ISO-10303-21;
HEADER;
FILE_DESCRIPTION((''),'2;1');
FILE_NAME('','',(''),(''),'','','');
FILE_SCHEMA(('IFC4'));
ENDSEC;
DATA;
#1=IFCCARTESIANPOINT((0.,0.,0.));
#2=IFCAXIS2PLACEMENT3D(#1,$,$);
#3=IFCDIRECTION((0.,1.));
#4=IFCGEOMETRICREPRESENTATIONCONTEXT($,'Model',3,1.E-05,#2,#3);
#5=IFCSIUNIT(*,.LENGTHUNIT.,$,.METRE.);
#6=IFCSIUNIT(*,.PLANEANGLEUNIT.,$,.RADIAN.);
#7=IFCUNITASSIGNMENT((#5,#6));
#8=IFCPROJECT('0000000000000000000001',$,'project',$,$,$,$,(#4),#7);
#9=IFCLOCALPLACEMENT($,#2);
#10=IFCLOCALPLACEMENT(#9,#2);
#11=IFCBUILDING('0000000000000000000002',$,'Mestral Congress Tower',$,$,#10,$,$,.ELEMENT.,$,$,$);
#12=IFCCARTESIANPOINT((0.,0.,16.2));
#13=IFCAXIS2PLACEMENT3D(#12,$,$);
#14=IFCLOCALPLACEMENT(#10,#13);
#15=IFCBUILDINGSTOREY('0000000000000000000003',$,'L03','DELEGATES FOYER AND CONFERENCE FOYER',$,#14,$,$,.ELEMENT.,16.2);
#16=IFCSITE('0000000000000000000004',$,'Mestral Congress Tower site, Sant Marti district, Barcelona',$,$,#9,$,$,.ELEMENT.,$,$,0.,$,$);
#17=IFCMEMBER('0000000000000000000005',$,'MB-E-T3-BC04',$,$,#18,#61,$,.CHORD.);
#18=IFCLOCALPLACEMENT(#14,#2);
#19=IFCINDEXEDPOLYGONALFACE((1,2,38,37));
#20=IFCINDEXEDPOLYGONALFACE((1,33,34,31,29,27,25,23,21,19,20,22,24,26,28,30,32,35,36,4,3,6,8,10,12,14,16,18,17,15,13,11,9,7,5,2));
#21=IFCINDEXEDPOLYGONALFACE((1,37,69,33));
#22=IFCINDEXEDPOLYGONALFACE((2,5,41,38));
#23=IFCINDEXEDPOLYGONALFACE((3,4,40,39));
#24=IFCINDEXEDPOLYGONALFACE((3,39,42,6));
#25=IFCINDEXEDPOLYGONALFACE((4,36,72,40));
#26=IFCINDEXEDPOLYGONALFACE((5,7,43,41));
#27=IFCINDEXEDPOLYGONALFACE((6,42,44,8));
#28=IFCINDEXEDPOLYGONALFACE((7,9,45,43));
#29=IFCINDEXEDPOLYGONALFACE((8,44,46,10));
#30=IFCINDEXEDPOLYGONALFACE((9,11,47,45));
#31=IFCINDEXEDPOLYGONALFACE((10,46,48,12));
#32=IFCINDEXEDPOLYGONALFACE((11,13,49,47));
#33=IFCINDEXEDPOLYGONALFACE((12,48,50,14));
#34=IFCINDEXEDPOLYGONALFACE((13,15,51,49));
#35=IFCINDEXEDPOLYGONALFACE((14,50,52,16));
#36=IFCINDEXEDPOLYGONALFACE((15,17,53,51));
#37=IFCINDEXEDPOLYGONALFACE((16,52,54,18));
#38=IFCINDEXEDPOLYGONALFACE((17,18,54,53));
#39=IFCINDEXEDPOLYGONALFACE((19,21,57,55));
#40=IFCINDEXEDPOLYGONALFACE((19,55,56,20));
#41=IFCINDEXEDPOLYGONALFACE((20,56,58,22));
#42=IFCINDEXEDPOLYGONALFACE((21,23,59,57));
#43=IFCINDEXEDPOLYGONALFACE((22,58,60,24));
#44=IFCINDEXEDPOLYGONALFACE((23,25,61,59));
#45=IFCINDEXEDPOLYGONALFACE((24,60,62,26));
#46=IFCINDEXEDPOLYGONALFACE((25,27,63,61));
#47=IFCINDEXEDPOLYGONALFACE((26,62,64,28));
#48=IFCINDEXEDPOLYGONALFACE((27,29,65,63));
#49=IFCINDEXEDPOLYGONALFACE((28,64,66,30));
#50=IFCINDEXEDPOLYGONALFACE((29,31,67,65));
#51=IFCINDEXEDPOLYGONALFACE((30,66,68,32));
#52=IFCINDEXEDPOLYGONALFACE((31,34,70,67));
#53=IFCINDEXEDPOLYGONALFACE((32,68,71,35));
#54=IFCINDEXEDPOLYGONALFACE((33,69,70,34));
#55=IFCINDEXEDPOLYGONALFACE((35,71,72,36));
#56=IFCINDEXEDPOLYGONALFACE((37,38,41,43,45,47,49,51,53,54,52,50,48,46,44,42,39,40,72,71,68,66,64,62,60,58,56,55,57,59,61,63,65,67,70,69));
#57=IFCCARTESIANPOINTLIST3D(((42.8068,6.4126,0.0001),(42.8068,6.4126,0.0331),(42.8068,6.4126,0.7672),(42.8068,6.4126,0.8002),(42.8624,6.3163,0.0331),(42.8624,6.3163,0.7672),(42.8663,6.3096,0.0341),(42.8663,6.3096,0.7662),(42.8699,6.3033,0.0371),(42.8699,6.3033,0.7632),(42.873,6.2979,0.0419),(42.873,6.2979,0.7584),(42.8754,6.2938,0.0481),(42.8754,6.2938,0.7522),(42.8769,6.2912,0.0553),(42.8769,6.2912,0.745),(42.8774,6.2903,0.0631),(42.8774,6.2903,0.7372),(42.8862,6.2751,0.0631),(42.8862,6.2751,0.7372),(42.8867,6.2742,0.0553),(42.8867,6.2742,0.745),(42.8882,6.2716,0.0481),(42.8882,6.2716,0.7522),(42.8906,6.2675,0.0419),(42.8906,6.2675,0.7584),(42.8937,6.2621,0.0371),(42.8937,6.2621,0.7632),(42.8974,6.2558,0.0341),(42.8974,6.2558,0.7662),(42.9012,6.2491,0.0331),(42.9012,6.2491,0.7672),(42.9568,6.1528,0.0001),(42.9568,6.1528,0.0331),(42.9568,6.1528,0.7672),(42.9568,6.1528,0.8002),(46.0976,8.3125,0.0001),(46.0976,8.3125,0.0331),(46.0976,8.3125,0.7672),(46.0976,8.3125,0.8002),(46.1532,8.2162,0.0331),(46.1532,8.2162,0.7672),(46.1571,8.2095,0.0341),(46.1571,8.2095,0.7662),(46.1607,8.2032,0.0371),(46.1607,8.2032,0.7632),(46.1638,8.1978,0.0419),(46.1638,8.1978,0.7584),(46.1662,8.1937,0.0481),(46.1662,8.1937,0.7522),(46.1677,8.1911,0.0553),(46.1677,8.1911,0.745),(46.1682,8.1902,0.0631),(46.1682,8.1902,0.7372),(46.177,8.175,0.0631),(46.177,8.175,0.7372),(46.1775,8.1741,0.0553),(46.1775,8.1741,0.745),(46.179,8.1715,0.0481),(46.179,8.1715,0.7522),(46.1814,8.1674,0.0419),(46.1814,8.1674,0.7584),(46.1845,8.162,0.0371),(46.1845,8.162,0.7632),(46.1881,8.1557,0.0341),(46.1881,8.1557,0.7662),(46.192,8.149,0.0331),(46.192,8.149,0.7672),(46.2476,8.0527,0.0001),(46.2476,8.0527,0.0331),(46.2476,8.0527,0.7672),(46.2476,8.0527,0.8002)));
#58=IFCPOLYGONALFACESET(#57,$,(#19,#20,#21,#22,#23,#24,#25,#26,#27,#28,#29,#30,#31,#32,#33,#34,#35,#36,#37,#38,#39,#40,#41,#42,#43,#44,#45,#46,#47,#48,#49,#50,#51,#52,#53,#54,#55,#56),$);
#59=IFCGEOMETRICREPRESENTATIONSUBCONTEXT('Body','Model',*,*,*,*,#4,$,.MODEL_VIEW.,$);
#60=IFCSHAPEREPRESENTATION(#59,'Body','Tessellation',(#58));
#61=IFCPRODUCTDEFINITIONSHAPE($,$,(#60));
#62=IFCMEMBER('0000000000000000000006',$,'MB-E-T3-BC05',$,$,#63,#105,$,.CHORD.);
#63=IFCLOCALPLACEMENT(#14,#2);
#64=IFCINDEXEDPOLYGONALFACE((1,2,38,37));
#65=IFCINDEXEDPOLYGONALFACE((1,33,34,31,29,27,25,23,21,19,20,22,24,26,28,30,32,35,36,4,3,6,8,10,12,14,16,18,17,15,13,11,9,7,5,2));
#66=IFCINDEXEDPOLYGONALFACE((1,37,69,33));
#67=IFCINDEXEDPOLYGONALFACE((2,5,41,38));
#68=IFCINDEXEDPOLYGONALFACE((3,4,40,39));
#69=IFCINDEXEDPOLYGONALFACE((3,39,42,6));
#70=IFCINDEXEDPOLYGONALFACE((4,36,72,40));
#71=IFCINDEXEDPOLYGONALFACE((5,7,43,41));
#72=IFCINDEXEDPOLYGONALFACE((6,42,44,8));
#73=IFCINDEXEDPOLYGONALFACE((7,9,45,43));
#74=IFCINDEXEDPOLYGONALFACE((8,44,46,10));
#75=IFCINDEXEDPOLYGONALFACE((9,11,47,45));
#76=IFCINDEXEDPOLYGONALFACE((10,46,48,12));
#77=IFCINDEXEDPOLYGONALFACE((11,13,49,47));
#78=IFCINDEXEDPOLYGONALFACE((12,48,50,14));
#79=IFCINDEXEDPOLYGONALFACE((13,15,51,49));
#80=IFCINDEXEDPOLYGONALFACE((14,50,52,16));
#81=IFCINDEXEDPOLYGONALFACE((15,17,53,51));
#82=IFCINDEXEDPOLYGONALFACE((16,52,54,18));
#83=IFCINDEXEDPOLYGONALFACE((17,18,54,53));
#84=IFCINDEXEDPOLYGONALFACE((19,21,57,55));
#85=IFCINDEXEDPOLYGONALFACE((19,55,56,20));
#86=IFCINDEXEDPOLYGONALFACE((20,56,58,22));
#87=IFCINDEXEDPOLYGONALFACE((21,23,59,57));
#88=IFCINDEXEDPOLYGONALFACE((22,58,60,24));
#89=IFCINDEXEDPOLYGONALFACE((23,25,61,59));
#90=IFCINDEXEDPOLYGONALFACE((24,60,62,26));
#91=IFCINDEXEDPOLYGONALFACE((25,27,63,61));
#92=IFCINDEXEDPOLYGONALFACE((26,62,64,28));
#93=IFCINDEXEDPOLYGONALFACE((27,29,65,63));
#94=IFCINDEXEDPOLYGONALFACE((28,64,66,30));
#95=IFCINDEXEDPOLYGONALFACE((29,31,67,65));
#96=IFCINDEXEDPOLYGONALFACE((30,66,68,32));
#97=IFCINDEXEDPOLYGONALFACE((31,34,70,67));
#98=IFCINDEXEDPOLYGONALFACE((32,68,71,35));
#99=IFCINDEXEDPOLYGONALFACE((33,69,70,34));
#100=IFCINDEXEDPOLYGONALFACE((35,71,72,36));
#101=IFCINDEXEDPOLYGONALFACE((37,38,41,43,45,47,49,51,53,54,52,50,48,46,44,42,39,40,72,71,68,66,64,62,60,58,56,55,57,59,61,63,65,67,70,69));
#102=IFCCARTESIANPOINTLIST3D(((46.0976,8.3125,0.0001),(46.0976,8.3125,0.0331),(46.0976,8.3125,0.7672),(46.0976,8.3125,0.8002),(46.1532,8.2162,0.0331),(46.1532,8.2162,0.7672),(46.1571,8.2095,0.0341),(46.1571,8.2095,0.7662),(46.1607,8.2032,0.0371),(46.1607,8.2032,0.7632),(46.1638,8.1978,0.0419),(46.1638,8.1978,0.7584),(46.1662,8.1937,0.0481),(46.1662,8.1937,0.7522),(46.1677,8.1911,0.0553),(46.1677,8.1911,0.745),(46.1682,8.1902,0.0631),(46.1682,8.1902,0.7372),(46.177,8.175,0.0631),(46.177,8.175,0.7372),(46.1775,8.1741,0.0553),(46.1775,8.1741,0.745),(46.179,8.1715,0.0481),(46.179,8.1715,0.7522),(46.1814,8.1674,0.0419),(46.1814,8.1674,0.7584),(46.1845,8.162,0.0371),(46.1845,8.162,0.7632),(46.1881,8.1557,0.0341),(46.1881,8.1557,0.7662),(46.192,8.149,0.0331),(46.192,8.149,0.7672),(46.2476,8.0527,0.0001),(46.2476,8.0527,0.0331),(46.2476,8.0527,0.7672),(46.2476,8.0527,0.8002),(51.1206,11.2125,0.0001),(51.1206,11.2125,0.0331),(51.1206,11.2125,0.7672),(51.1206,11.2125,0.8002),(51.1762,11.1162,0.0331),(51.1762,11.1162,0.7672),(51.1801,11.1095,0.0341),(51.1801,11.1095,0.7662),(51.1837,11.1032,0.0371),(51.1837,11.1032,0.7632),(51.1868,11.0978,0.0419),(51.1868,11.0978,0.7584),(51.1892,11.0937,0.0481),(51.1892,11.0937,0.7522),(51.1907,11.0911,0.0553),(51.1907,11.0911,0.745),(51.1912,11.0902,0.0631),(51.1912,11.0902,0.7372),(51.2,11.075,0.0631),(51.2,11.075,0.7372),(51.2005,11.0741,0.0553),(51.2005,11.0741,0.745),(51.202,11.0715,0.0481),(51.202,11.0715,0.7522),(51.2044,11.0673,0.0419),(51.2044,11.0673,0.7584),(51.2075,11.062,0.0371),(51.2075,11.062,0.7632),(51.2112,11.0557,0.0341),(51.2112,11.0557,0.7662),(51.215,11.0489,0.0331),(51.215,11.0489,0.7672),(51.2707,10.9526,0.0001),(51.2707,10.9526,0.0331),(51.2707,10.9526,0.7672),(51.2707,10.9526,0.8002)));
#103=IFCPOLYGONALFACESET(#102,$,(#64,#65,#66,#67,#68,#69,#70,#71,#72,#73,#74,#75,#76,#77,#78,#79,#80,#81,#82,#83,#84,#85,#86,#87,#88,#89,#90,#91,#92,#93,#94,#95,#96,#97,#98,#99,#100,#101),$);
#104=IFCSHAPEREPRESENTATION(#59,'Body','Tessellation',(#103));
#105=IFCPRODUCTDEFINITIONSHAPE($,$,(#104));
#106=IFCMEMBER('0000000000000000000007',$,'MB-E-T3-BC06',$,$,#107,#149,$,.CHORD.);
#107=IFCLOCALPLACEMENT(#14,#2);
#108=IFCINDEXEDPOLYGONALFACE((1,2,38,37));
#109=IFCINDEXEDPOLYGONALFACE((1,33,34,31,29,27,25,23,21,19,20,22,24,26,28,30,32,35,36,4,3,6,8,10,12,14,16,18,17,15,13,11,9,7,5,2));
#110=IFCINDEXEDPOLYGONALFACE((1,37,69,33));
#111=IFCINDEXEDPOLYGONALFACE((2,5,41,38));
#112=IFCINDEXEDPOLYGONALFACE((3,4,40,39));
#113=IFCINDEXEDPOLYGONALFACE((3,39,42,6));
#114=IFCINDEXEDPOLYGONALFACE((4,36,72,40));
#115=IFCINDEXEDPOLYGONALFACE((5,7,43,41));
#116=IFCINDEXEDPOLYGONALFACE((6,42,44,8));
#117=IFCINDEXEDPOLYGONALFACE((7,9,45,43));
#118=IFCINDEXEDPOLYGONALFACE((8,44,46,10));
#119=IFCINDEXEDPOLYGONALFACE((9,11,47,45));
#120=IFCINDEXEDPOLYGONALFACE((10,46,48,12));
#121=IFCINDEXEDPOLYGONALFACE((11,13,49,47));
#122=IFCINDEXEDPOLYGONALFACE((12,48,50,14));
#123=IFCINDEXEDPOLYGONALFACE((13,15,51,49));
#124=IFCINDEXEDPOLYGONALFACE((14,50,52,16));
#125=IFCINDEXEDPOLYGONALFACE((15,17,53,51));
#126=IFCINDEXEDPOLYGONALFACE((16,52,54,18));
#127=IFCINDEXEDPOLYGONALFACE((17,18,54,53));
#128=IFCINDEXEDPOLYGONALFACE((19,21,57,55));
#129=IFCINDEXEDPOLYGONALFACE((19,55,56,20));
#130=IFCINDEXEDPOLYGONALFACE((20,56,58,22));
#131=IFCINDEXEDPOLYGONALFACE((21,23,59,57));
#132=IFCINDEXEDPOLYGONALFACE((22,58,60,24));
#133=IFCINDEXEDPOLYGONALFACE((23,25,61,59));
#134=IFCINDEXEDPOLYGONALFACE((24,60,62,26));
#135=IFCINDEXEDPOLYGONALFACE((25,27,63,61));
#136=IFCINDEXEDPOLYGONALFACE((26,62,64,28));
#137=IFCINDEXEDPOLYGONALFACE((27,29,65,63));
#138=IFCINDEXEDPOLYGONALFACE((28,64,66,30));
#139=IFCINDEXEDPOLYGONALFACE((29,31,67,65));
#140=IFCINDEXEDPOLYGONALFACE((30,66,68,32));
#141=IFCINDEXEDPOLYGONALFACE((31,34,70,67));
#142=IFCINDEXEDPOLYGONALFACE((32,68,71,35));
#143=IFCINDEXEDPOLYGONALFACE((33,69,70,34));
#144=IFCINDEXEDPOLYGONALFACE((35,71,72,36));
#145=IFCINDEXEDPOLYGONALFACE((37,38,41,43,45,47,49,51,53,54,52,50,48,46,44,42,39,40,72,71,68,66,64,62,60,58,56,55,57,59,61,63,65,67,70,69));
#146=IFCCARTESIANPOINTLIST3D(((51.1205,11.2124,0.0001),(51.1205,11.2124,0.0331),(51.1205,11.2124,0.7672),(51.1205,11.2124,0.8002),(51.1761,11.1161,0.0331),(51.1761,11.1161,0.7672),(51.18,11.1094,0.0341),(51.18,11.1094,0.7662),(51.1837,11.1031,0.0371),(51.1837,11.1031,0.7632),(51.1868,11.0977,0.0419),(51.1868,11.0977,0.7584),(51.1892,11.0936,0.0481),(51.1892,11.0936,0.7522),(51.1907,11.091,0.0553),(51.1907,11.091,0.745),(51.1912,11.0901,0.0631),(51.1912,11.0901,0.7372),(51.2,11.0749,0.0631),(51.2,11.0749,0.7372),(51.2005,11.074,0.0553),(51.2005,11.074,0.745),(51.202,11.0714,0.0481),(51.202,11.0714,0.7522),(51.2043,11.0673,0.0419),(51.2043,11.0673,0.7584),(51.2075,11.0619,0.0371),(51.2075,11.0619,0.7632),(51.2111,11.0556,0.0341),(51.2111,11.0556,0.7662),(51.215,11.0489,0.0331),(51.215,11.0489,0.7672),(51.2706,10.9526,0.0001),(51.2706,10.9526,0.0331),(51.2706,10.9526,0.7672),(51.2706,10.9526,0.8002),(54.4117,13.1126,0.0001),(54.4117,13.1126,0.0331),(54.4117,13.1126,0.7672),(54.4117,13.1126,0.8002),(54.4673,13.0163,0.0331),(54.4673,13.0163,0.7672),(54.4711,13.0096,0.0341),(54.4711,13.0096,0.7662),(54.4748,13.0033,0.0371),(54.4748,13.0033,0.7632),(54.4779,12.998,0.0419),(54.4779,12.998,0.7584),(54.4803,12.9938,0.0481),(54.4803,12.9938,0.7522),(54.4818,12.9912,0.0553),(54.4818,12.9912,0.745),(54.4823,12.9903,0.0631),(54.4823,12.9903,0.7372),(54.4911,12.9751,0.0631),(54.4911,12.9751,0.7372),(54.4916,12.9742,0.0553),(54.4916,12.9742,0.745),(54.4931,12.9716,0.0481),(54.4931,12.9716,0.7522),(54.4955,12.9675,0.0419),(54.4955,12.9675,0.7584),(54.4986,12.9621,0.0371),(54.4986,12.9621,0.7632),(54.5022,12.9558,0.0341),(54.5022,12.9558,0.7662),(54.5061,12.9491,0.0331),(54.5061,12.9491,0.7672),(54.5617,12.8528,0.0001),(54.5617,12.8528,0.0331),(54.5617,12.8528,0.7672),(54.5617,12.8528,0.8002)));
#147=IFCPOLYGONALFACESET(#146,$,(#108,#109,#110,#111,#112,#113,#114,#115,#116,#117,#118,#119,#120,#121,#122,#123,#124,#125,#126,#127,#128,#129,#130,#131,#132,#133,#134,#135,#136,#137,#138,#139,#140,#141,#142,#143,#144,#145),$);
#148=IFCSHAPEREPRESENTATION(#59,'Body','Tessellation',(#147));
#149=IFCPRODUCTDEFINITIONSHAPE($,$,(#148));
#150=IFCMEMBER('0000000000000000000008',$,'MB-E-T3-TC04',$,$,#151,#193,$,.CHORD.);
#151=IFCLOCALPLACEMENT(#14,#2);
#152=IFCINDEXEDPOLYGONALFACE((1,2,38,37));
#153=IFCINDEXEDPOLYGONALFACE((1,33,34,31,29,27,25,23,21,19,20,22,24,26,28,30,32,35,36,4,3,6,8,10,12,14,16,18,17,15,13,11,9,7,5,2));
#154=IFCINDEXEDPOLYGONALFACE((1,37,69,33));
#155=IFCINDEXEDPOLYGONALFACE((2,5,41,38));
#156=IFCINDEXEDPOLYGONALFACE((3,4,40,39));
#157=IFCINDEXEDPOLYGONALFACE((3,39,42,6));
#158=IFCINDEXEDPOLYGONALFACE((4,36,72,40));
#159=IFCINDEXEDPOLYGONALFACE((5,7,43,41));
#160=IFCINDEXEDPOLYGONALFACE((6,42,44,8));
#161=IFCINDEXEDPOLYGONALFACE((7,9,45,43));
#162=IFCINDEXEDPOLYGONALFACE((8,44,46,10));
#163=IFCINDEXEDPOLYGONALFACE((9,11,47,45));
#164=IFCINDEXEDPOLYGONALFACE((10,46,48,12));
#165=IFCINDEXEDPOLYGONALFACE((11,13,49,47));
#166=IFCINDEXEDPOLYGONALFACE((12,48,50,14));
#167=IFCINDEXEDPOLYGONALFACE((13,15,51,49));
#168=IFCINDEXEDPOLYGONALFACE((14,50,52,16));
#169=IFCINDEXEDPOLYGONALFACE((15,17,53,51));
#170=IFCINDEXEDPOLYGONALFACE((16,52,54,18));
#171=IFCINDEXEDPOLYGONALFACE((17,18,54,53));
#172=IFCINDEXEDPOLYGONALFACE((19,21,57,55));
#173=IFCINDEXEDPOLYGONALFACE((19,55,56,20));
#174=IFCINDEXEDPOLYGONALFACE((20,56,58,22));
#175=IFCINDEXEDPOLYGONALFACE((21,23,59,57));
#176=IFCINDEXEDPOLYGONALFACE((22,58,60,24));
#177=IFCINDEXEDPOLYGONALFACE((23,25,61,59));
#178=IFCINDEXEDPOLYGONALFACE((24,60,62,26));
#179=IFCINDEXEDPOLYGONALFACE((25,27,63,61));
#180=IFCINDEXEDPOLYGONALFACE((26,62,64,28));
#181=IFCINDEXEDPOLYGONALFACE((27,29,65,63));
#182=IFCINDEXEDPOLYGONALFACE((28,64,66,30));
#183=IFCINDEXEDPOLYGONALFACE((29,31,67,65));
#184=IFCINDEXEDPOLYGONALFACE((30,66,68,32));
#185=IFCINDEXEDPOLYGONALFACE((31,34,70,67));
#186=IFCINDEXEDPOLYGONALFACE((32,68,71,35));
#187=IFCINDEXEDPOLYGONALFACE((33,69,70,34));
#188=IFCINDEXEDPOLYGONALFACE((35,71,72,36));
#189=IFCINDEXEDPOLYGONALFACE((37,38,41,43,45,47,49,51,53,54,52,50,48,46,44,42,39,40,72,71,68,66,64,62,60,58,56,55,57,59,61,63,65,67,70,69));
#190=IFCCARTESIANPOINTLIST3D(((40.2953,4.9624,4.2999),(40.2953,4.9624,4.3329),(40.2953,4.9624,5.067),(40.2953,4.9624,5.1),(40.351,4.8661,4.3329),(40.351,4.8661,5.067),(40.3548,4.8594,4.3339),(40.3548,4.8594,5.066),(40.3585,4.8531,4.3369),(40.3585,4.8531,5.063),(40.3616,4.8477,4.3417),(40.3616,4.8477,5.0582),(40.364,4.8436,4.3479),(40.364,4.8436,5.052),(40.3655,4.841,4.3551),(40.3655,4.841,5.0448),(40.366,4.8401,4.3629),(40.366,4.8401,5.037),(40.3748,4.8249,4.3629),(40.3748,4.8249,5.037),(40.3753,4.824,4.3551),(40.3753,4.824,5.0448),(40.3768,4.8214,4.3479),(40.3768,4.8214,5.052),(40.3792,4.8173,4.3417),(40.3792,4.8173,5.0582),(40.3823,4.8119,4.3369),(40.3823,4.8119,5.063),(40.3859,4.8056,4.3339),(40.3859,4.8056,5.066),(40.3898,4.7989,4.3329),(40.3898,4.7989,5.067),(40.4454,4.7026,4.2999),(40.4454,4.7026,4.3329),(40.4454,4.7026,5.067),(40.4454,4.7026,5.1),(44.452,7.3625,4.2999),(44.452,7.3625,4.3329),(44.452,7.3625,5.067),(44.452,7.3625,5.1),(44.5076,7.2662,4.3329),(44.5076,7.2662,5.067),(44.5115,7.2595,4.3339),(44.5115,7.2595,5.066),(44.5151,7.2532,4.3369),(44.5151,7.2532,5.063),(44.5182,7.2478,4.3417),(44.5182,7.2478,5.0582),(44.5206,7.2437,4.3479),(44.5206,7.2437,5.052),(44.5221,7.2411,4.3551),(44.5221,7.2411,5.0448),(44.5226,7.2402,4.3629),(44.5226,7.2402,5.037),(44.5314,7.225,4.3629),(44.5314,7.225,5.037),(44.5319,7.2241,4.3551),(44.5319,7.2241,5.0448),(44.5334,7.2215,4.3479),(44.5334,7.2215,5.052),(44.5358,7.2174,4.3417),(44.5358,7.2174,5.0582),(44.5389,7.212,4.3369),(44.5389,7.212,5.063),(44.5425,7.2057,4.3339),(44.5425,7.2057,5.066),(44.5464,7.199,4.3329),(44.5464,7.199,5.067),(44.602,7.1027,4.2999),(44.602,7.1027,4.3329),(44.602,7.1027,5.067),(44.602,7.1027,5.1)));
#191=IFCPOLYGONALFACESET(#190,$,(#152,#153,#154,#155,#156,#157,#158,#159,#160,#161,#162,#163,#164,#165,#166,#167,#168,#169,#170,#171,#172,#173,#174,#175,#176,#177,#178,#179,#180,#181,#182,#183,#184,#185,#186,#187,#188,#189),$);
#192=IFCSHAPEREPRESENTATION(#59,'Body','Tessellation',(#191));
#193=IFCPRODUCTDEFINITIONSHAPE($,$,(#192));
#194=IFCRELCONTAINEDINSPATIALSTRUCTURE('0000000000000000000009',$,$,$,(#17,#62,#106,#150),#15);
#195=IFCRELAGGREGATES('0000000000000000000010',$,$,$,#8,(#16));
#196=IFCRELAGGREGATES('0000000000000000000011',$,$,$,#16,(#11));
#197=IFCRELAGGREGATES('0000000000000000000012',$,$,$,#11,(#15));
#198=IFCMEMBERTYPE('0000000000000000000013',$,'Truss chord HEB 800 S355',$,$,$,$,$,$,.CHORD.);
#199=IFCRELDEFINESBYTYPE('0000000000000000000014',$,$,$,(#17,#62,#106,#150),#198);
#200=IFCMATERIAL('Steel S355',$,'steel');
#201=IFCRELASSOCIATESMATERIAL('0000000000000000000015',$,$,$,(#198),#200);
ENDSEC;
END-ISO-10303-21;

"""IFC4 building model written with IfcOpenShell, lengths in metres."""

from ifc_helpers import new_model, si_unit, direction, frame, origin, origin_2d, place, context, subcontext, project, spatial, i_section, extrude, material, material_profile, profile_set, type_object, element, save


model = new_model("IFC4")

# Units and contexts
model_context = context("Model", 3, precision=1e-05, world=origin(), true_north=direction((0.0, 1.0)))
body_context = subcontext(model_context, "Body", "Model", "MODEL_VIEW")
ifc_project = project(units=[si_unit("LENGTHUNIT", "METRE"), si_unit("PLANEANGLEUNIT", "RADIAN")], contexts=[model_context])

# Site, building, storey
site_placement = place(None, origin())
site = spatial("IfcSite", under=ifc_project, at=site_placement, Name="Mestral Congress Tower site, Sant Marti district, Barcelona", CompositionType="ELEMENT", RefElevation=0.0)
building_placement = place(site_placement, origin())
building = spatial("IfcBuilding", under=site, at=building_placement, Name="Mestral Congress Tower", CompositionType="ELEMENT")
storey_placement = place(building_placement, frame((0.0, 0.0, 16.2)))
storey = spatial("IfcBuildingStorey", under=building, at=storey_placement, Name="L03", Description="DELEGATES FOYER AND CONFERENCE FOYER", CompositionType="ELEMENT", Elevation=16.2)

# Members
ifc_material = material(Name="Steel S355", Category="steel")
ifc_material_profile_1 = material_profile(ifc_material, i_section(OverallWidth=0.3, OverallDepth=0.8, WebThickness=0.0176, FlangeThickness=0.033, FilletRadius=0.03, at=origin_2d()), Name="HEB 800")
ifc_profile_set_1 = profile_set([ifc_material_profile_1], Name="Steel S355")
member_type_1 = type_object("IfcMemberType", Name="Truss chord HEB 800 S355", PredefinedType="CHORD", material=ifc_profile_set_1)
member_1_placement = place(storey_placement, frame((42.8818, 6.2827, 0.4001), z_axis=(0.866028, 0.499995, 0.0), x_axis=(-0.499995, 0.866028, 0.0)))
element("IfcMember", 1, at=member_1_placement, inside=storey, type_object=member_type_1, Name="MB-E-T3-BC04", PredefinedType="CHORD", context=body_context, shape_type="SweptSolid", body=[
    extrude(i_section(OverallWidth=0.3, OverallDepth=0.8, WebThickness=0.0176, FlangeThickness=0.033, FilletRadius=0.03, at=origin_2d()), origin(), (0.0, 0.0, 1.0), 3.7998),
])
member_2_placement = place(storey_placement, frame((46.1726, 8.1826, 0.4001), z_axis=(0.866033, 0.499987, 0.0), x_axis=(-0.499987, 0.866033, 0.0)))
element("IfcMember", 2, at=member_2_placement, inside=storey, type_object=member_type_1, Name="MB-E-T3-BC05", PredefinedType="CHORD", context=body_context, shape_type="SweptSolid", body=[
    extrude(i_section(OverallWidth=0.3, OverallDepth=0.8, WebThickness=0.0176, FlangeThickness=0.033, FilletRadius=0.03, at=origin_2d()), origin(), (0.0, 0.0, 1.0), 5.8),
])
member_3_placement = place(storey_placement, frame((51.1956, 11.0825, 0.4001), z_axis=(0.866017, 0.500015, 0.0), x_axis=(-0.500015, 0.866017, 0.0)))
element("IfcMember", 3, at=member_3_placement, inside=storey, type_object=member_type_1, Name="MB-E-T3-BC06", PredefinedType="CHORD", context=body_context, shape_type="SweptSolid", body=[
    extrude(i_section(OverallWidth=0.3, OverallDepth=0.8, WebThickness=0.0176, FlangeThickness=0.033, FilletRadius=0.03, at=origin_2d()), origin(), (0.0, 0.0, 1.0), 3.8003),
])
member_4_placement = place(storey_placement, frame((40.3704, 4.8325, 4.7), z_axis=(0.866003, 0.500039, 0.0), x_axis=(-0.500039, 0.866003, 0.0)))
element("IfcMember", 4, at=member_4_placement, inside=storey, type_object=member_type_1, Name="MB-E-T3-TC04", PredefinedType="CHORD", context=body_context, shape_type="SweptSolid", body=[
    extrude(i_section(OverallWidth=0.3, OverallDepth=0.8, WebThickness=0.0176, FlangeThickness=0.033, FilletRadius=0.03, at=origin_2d()), origin(), (0.0, 0.0, 1.0), 4.7998),
])

save(model, "model.ifc")
